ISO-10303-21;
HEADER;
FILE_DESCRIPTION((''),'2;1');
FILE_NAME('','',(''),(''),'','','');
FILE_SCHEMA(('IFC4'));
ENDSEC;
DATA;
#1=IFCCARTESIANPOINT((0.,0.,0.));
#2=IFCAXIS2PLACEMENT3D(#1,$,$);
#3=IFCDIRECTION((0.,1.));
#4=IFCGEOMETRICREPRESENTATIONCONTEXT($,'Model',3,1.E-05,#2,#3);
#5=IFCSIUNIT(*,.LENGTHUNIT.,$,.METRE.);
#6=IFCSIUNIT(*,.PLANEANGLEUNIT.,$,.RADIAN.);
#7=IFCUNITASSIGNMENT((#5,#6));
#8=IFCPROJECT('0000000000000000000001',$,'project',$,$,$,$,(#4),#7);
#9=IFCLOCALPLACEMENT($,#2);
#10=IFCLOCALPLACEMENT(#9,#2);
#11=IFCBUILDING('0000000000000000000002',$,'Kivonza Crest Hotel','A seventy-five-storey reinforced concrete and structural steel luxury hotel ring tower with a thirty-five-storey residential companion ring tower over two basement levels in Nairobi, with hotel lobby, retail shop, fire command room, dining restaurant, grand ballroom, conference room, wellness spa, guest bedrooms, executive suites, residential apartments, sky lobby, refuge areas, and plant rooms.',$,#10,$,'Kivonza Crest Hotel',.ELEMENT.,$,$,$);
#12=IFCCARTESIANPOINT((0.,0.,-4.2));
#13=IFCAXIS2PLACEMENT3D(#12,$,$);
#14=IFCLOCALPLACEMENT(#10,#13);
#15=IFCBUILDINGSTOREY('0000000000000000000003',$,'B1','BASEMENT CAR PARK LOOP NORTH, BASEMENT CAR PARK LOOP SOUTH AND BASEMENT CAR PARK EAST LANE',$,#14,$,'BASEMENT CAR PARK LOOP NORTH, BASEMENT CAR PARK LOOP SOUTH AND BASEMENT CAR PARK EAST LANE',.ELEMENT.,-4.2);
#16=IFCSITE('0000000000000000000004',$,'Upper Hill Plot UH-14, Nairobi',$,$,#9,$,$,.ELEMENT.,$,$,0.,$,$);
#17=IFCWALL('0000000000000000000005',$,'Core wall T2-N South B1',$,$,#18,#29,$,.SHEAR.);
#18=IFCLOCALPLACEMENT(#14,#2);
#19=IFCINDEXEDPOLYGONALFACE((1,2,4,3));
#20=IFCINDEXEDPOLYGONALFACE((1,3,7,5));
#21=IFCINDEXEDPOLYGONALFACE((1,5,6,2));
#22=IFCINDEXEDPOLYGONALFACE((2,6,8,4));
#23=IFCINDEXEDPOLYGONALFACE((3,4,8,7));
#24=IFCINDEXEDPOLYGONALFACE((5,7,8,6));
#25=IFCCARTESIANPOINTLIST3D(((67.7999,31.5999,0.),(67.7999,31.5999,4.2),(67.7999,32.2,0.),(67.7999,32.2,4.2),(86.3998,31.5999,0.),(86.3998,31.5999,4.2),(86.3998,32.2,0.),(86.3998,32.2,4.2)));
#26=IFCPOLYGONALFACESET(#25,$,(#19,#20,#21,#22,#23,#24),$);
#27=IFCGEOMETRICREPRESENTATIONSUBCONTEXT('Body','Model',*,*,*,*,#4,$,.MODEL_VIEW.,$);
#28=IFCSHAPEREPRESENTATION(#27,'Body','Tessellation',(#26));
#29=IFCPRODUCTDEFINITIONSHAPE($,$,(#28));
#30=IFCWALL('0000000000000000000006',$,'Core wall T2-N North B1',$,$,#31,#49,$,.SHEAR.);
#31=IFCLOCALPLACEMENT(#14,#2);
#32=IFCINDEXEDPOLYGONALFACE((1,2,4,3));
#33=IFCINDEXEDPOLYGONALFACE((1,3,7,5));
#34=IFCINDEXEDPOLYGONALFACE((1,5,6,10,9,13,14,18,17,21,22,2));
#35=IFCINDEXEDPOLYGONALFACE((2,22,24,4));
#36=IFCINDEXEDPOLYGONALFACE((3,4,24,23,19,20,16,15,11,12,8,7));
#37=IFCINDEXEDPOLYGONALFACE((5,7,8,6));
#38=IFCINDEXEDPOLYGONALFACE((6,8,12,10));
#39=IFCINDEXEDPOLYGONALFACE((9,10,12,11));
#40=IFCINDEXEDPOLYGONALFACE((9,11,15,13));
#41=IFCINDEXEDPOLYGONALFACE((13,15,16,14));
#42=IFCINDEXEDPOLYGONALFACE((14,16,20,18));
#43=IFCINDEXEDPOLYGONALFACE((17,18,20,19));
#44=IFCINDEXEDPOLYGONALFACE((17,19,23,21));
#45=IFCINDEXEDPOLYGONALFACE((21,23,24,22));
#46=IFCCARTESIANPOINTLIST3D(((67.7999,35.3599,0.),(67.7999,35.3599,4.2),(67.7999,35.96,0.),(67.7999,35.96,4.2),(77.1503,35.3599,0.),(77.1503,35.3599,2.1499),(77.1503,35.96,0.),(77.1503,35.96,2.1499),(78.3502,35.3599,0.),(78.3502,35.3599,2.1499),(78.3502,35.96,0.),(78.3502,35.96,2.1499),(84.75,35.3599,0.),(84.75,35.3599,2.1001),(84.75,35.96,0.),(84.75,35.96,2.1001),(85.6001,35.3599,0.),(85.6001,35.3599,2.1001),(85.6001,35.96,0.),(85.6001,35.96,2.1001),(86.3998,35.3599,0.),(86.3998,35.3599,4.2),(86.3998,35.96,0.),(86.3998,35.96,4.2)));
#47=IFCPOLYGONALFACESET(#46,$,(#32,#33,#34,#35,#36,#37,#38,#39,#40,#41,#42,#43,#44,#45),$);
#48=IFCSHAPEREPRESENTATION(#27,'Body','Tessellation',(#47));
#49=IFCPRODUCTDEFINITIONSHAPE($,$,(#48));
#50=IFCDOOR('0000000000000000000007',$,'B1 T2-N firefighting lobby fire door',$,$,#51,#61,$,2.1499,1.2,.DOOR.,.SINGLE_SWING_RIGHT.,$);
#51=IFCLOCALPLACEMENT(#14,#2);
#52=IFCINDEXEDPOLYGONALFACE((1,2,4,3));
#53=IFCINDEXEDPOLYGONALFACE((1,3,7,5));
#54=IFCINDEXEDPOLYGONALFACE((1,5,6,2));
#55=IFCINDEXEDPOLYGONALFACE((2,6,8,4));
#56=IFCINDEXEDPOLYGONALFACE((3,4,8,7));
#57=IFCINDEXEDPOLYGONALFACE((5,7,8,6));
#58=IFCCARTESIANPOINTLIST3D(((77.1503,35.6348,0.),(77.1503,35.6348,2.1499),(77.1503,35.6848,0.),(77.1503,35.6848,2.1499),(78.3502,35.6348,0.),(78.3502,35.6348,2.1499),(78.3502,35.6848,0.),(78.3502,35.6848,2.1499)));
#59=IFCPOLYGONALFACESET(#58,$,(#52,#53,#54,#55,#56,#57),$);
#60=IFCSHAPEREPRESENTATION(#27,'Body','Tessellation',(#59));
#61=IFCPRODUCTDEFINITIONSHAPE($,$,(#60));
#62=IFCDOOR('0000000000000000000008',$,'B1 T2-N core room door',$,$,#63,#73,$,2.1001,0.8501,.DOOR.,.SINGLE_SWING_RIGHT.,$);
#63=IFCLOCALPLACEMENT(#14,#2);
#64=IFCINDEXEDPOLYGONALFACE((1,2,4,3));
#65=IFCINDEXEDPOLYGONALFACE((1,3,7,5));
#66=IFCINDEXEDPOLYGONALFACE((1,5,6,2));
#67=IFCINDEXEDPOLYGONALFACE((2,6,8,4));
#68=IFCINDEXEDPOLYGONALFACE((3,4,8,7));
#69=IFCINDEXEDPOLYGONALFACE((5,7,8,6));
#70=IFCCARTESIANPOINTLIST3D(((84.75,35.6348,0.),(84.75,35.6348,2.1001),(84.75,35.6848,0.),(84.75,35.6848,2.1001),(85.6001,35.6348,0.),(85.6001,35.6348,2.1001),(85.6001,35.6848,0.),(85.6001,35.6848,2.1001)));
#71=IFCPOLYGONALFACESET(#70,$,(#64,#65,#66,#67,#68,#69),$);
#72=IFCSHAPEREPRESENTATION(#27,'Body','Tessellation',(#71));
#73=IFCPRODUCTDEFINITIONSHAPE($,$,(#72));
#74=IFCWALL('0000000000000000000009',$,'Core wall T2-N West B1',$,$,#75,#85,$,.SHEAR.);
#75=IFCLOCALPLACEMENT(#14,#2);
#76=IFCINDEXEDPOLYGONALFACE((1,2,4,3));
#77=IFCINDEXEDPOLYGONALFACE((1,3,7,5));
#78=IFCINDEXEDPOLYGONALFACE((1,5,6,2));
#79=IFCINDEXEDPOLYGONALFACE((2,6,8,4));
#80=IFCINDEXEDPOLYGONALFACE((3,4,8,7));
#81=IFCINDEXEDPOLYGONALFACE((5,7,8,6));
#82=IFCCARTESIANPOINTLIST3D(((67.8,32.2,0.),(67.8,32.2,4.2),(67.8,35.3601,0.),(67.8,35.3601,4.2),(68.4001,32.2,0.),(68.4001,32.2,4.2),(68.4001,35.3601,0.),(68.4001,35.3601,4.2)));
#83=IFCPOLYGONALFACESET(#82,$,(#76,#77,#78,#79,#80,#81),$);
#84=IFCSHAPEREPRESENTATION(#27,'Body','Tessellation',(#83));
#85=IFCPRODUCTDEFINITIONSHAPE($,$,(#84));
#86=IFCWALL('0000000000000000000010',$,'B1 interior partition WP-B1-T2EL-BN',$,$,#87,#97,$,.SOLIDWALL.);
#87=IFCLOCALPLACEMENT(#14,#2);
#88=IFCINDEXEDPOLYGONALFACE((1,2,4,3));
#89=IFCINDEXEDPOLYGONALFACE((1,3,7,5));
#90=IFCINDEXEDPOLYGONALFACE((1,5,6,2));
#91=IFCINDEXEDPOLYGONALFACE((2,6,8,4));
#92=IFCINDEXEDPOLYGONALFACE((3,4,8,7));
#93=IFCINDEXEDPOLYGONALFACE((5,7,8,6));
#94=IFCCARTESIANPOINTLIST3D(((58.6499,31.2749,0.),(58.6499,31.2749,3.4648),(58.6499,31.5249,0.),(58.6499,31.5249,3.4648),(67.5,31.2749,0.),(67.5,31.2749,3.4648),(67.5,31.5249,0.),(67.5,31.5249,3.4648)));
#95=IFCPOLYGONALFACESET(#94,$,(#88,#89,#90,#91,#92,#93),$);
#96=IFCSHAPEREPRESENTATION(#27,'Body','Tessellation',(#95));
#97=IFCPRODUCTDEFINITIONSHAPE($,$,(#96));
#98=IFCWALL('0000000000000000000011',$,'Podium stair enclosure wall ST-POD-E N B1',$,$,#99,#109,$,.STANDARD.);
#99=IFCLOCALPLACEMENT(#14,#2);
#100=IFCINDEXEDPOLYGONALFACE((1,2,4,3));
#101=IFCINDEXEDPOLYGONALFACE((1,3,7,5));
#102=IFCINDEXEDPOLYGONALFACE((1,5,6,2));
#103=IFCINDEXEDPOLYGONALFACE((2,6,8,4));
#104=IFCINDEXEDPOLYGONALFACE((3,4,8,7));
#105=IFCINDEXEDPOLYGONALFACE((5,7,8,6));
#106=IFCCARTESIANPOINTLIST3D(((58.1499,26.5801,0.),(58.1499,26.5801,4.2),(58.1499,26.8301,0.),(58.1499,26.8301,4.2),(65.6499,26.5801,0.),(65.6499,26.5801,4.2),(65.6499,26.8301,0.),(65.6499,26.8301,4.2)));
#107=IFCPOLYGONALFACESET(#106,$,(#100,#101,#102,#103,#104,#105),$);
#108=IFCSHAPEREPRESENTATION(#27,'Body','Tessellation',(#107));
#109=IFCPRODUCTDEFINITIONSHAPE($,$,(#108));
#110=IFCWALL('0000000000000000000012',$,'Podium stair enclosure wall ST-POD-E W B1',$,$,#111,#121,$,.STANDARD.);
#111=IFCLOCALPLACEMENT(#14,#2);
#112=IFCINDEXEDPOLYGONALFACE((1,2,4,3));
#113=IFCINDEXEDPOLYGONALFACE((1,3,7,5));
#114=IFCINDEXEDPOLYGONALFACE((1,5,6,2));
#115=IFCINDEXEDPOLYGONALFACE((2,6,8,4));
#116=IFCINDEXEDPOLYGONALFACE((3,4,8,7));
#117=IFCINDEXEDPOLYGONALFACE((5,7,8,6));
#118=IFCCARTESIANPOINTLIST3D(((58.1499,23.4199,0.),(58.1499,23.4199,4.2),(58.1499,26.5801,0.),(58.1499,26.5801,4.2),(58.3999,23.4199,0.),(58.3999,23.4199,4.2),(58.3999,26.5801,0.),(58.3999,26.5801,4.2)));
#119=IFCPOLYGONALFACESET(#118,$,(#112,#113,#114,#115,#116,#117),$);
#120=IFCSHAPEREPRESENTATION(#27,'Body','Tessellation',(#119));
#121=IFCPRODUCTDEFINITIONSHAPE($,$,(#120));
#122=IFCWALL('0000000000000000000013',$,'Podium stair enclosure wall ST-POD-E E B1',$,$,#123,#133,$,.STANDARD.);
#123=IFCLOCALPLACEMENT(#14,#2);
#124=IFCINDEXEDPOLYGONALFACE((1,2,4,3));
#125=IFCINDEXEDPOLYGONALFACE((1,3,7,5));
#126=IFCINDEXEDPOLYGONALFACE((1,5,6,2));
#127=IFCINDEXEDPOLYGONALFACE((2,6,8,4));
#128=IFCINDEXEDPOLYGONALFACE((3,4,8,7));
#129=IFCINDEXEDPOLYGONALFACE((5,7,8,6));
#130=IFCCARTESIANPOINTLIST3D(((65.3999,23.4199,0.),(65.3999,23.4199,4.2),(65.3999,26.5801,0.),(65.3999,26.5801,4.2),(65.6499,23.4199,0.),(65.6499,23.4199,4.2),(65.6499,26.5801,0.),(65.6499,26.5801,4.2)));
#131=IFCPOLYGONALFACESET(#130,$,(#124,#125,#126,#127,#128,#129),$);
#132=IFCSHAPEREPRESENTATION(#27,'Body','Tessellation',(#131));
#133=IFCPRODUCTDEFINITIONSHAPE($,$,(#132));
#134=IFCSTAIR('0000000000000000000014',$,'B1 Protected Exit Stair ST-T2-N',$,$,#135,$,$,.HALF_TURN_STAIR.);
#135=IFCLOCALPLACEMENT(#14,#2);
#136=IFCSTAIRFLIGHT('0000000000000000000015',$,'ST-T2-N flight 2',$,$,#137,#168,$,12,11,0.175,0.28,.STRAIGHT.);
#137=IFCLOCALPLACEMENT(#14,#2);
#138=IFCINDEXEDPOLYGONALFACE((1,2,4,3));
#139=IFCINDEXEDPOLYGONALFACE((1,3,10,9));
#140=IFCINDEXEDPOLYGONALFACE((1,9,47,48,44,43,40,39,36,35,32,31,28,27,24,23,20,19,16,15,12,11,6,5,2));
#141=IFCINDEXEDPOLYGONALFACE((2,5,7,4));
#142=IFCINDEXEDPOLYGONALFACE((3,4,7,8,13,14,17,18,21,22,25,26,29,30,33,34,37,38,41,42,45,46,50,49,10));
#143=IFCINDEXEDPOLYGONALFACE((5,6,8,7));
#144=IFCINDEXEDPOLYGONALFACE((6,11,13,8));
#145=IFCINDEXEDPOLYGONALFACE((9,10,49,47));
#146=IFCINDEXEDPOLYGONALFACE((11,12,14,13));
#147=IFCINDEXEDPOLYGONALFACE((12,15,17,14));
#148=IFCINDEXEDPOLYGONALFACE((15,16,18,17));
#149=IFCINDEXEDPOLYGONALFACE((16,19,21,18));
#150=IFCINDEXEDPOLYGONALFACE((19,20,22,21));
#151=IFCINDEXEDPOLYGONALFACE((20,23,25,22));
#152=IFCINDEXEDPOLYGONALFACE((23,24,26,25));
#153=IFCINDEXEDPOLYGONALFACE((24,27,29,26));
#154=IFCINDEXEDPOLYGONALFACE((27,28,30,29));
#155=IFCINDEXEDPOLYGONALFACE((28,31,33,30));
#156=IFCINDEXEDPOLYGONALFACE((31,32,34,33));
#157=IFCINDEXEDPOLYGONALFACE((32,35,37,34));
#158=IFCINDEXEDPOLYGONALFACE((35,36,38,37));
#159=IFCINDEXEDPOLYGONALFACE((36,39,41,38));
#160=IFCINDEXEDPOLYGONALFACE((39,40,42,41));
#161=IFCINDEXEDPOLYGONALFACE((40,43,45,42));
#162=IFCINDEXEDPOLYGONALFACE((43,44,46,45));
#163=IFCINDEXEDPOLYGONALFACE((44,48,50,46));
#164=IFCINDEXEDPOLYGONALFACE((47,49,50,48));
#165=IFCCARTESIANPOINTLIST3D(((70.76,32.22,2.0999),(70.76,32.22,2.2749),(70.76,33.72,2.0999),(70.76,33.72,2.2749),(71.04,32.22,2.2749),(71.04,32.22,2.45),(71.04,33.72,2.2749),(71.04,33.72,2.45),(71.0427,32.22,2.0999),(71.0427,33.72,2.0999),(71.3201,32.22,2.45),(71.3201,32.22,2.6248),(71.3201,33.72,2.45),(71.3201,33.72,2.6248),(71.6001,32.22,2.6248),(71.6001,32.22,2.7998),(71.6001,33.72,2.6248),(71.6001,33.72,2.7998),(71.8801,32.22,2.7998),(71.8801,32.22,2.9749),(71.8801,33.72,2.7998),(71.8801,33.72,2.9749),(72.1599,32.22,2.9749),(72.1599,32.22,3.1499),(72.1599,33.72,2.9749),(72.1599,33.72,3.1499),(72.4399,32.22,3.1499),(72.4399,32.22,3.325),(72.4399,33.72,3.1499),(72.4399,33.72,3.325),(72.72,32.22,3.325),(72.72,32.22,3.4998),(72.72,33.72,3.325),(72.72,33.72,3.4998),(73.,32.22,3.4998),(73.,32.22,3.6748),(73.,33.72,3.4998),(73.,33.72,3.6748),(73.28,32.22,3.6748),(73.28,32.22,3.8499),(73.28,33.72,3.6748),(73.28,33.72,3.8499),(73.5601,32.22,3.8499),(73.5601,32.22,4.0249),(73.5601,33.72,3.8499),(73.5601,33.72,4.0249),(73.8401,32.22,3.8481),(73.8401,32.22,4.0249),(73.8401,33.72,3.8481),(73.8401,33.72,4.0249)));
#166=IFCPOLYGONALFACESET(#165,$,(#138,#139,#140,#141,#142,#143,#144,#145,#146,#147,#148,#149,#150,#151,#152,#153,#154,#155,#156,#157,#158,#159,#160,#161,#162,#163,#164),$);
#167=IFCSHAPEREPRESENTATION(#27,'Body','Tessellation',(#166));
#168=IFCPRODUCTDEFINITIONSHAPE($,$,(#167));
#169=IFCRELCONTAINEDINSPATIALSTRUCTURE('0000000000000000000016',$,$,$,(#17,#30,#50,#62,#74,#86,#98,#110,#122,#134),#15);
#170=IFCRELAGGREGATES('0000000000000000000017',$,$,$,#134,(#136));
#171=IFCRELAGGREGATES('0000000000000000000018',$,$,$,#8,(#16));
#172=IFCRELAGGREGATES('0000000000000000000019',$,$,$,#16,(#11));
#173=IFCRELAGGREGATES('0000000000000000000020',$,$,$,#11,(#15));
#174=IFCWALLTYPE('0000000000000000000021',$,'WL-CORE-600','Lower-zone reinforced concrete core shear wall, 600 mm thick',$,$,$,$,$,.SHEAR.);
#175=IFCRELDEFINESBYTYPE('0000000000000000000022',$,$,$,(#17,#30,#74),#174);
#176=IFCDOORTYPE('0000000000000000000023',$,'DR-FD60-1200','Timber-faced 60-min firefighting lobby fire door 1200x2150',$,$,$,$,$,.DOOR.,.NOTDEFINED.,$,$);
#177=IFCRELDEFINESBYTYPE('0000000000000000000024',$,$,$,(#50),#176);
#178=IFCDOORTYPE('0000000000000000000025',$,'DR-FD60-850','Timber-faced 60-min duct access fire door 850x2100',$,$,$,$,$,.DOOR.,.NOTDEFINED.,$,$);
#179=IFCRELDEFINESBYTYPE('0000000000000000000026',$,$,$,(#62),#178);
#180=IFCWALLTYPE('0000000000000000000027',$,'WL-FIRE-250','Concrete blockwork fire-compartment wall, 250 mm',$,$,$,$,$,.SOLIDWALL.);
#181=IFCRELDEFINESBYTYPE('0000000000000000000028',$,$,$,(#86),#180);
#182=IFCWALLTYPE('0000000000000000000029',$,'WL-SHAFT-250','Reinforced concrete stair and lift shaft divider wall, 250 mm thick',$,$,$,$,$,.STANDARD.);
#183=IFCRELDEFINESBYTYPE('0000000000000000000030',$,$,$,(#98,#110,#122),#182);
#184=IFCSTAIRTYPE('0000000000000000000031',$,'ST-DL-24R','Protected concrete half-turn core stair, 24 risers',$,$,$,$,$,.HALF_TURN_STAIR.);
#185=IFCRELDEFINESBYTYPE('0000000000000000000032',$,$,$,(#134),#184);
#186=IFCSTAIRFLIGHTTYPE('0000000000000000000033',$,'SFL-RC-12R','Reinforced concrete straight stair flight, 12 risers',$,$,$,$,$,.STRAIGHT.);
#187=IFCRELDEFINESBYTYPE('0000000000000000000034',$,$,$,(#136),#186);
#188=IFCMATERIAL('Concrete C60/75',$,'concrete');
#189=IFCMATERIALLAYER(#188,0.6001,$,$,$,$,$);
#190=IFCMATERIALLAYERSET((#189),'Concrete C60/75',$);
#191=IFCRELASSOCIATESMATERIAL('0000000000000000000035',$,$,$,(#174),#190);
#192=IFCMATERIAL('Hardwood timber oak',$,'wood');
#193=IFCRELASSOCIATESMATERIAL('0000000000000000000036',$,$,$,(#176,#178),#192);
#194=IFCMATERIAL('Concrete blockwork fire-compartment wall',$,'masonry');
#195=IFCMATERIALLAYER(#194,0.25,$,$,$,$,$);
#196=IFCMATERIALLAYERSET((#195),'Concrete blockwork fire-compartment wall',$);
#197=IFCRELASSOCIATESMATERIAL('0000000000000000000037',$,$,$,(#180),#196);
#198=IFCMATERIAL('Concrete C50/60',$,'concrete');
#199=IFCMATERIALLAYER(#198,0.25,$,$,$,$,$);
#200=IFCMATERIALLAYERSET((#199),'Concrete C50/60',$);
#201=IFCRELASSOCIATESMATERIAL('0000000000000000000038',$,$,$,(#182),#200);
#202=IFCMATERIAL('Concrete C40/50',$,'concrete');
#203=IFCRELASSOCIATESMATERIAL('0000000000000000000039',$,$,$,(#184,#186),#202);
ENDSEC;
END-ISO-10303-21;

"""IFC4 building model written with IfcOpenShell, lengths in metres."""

from ifc_helpers import new_model, si_unit, direction, frame, frame_2d, origin, place, context, subcontext, project, spatial, polyline, rectangle, outline, extrude, material, layer, layer_set, type_object, element, fill, aggregate, save


model = new_model("IFC4")

# Units and contexts
model_context = context("Model", 3, precision=1e-05, world=origin(), true_north=direction((0.0, 1.0)))
body_context = subcontext(model_context, "Body", "Model", "MODEL_VIEW")
ifc_project = project(units=[si_unit("LENGTHUNIT", "METRE"), si_unit("PLANEANGLEUNIT", "RADIAN")], contexts=[model_context])

# Site, building, storey
site_placement = place(None, origin())
site = spatial("IfcSite", under=ifc_project, at=site_placement, Name="Upper Hill Plot UH-14, Nairobi", CompositionType="ELEMENT", RefElevation=0.0)
building_placement = place(site_placement, origin())
building = spatial("IfcBuilding", under=site, at=building_placement, Name="Kivonza Crest Hotel", Description="A seventy-five-storey reinforced concrete and structural steel luxury hotel ring tower with a thirty-five-storey residential companion ring tower over two basement levels in Nairobi, with hotel lobby, retail shop, fire command room, dining restaurant, grand ballroom, conference room, wellness spa, guest bedrooms, executive suites, residential apartments, sky lobby, refuge areas, and plant rooms.", LongName="Kivonza Crest Hotel", CompositionType="ELEMENT")
storey_placement = place(building_placement, frame((0.0, 0.0, -4.2)))
storey = spatial("IfcBuildingStorey", under=building, at=storey_placement, Name="B1", Description="BASEMENT CAR PARK LOOP NORTH, BASEMENT CAR PARK LOOP SOUTH AND BASEMENT CAR PARK EAST LANE", LongName="BASEMENT CAR PARK LOOP NORTH, BASEMENT CAR PARK LOOP SOUTH AND BASEMENT CAR PARK EAST LANE", CompositionType="ELEMENT", Elevation=-4.2)

# Shared definitions
ifc_material_1 = material(Name="Concrete C60/75", Category="concrete")

# Wall
ifc_layer_1 = layer(ifc_material_1, 0.6001)
ifc_layer_set_1 = layer_set([ifc_layer_1], Name="Concrete C60/75")
wall_type_1 = type_object("IfcWallType", Name="WL-CORE-600", Description="Lower-zone reinforced concrete core shear wall, 600 mm thick", PredefinedType="SHEAR", material=ifc_layer_set_1)
wall_1_placement = place(storey_placement, frame((67.8, 31.8999, 0.0), z_axis=(0.0, 0.0, 1.0), x_axis=(1.0, 0.0, 0.0)))
element("IfcWall", 1, at=wall_1_placement, inside=storey, type_object=wall_type_1, Name="Core wall T2-N South B1", PredefinedType="SHEAR", context=body_context, shape_type="SweptSolid", body=[
    extrude(rectangle(XDim=18.5999, YDim=0.6001, at=frame_2d((9.2998, 0.0))), origin(), (0.0, 0.0, 1.0), 4.2),
])

# Wall, openings, doors
wall_2_placement = place(storey_placement, frame((67.8, 35.6599, 0.0), z_axis=(0.0, 0.0, 1.0), x_axis=(1.0, 0.0, 0.0)))
wall_2 = element("IfcWall", 2, at=wall_2_placement, inside=storey, type_object=wall_type_1, Name="Core wall T2-N North B1", PredefinedType="SHEAR", context=body_context, shape_type="SweptSolid", body=[
    extrude(rectangle(XDim=18.5999, YDim=0.6001, at=frame_2d((9.2998, 0.0))), origin(), (0.0, 0.0, 1.0), 4.2),
])
opening_1_placement = place(wall_2_placement, frame((9.3501, 0.0, 0.0)))
opening_1 = element("IfcOpeningElement", 3, at=opening_1_placement, cuts=wall_2, PredefinedType="OPENING", context=body_context, shape_type="SweptSolid", body=[
    extrude(rectangle(XDim=1.2, YDim=2.1499, at=frame_2d((0.6001, 1.075))), frame((0.0, 0.3101, 0.0), z_axis=(0.0, -1.0, 0.0), x_axis=(1.0, 0.0, 0.0)), (0.0, 0.0, 1.0), 0.6201),
])
opening_2_placement = place(wall_2_placement, frame((16.95, 0.0, 0.0)))
opening_2 = element("IfcOpeningElement", 4, at=opening_2_placement, cuts=wall_2, PredefinedType="OPENING", context=body_context, shape_type="SweptSolid", body=[
    extrude(rectangle(XDim=0.8501, YDim=2.1001, at=frame_2d((0.425, 1.05))), frame((0.0, 0.3101, 0.0), z_axis=(0.0, -1.0, 0.0), x_axis=(1.0, 0.0, 0.0)), (0.0, 0.0, 1.0), 0.6201),
])
ifc_material_2 = material(Name="Hardwood timber oak", Category="wood")
door_type_1 = type_object("IfcDoorType", Name="DR-FD60-1200", Description="Timber-faced 60-min firefighting lobby fire door 1200x2150", OperationType="NOTDEFINED", PredefinedType="DOOR", material=ifc_material_2)
door_1_placement = place(opening_1_placement, origin())
door_1 = element("IfcDoor", 5, at=door_1_placement, inside=storey, type_object=door_type_1, Name="B1 T2-N firefighting lobby fire door", OperationType="SINGLE_SWING_RIGHT", OverallHeight=2.1499, OverallWidth=1.2, PredefinedType="DOOR", context=body_context, shape_type="SweptSolid", body=[
    extrude(rectangle(XDim=1.2, YDim=2.1499, at=frame_2d((0.6001, 1.075))), frame((0.0, 0.0249, 0.0), z_axis=(0.0, -1.0, 0.0), x_axis=(1.0, 0.0, 0.0)), (0.0, 0.0, 1.0), 0.05),
])
fill(opening_1, door_1)
door_type_2 = type_object("IfcDoorType", Name="DR-FD60-850", Description="Timber-faced 60-min duct access fire door 850x2100", OperationType="NOTDEFINED", PredefinedType="DOOR", material=ifc_material_2)
door_2_placement = place(opening_2_placement, origin())
door_2 = element("IfcDoor", 6, at=door_2_placement, inside=storey, type_object=door_type_2, Name="B1 T2-N core room door", OperationType="SINGLE_SWING_RIGHT", OverallHeight=2.1001, OverallWidth=0.8501, PredefinedType="DOOR", context=body_context, shape_type="SweptSolid", body=[
    extrude(rectangle(XDim=0.8501, YDim=2.1001, at=frame_2d((0.425, 1.05))), frame((0.0, 0.0249, 0.0), z_axis=(0.0, -1.0, 0.0), x_axis=(1.0, 0.0, 0.0)), (0.0, 0.0, 1.0), 0.05),
])
fill(opening_2, door_2)

# Walls
wall_3_placement = place(storey_placement, frame((68.1001, 32.2, 0.0), z_axis=(0.0, 0.0, 1.0), x_axis=(0.0, 1.0, 0.0)))
element("IfcWall", 7, at=wall_3_placement, inside=storey, type_object=wall_type_1, Name="Core wall T2-N West B1", PredefinedType="SHEAR", context=body_context, shape_type="SweptSolid", body=[
    extrude(rectangle(XDim=3.1602, YDim=0.6001, at=frame_2d((1.5801, 0.0))), origin(), (0.0, 0.0, 1.0), 4.2),
])
ifc_material_3 = material(Name="Concrete blockwork fire-compartment wall", Category="masonry")
ifc_layer_2 = layer(ifc_material_3, 0.25)
ifc_layer_set_2 = layer_set([ifc_layer_2], Name="Concrete blockwork fire-compartment wall")
wall_type_2 = type_object("IfcWallType", Name="WL-FIRE-250", Description="Concrete blockwork fire-compartment wall, 250 mm", PredefinedType="SOLIDWALL", material=ifc_layer_set_2)
wall_4_placement = place(storey_placement, frame((58.6499, 31.3999, 0.0), z_axis=(0.0, 0.0, 1.0), x_axis=(1.0, 0.0, 0.0)))
element("IfcWall", 8, at=wall_4_placement, inside=storey, type_object=wall_type_2, Name="B1 interior partition WP-B1-T2EL-BN", PredefinedType="SOLIDWALL", context=body_context, shape_type="SweptSolid", body=[
    extrude(rectangle(XDim=8.8501, YDim=0.25, at=frame_2d((4.425, 0.0))), origin(), (0.0, 0.0, 1.0), 3.4648),
])
ifc_material_4 = material(Name="Concrete C50/60", Category="concrete")
ifc_layer_3 = layer(ifc_material_4, 0.25)
ifc_layer_set_3 = layer_set([ifc_layer_3], Name="Concrete C50/60")
wall_type_3 = type_object("IfcWallType", Name="WL-SHAFT-250", Description="Reinforced concrete stair and lift shaft divider wall, 250 mm thick", PredefinedType="STANDARD", material=ifc_layer_set_3)
wall_5_placement = place(storey_placement, frame((58.1499, 26.7051, 0.0), z_axis=(0.0, 0.0, 1.0), x_axis=(1.0, 0.0, 0.0)))
element("IfcWall", 9, at=wall_5_placement, inside=storey, type_object=wall_type_3, Name="Podium stair enclosure wall ST-POD-E N B1", PredefinedType="STANDARD", context=body_context, shape_type="SweptSolid", body=[
    extrude(rectangle(XDim=7.5, YDim=0.25, at=frame_2d((3.75, 0.0))), origin(), (0.0, 0.0, 1.0), 4.2),
])
for number, where, z_axis, x_axis, name in (
    (10, (58.2749, 23.4199, 0.0), (0.0, 0.0, 1.0), (0.0, 1.0, 0.0), "Podium stair enclosure wall ST-POD-E W B1"),
    (11, (65.5249, 23.4199, 0.0), (0.0, 0.0, 1.0), (0.0, 1.0, 0.0), "Podium stair enclosure wall ST-POD-E E B1"),
):
    element("IfcWall", number, at=place(storey_placement, frame(where, z_axis=z_axis, x_axis=x_axis)), inside=storey, type_object=wall_type_3, Name=name, PredefinedType="STANDARD", context=body_context, shape_type="SweptSolid", body=[
        extrude(rectangle(XDim=3.1602, YDim=0.25, at=frame_2d((1.5801, 0.0))), origin(), (0.0, 0.0, 1.0), 4.2),
    ])

# Stair, stair flight
ifc_material_5 = material(Name="Concrete C40/50", Category="concrete")
stair_type = type_object("IfcStairType", Name="ST-DL-24R", Description="Protected concrete half-turn core stair, 24 risers", PredefinedType="HALF_TURN_STAIR", material=ifc_material_5)
stair_placement = place(storey_placement, origin())
stair = element("IfcStair", 12, at=stair_placement, inside=storey, type_object=stair_type, Name="B1 Protected Exit Stair ST-T2-N", PredefinedType="HALF_TURN_STAIR")
stair_flight_type = type_object("IfcStairFlightType", Name="SFL-RC-12R", Description="Reinforced concrete straight stair flight, 12 risers", PredefinedType="STRAIGHT", material=ifc_material_5)
stair_flight_placement = place(storey_placement, frame((70.76, 32.97, 2.0999), z_axis=(0.0, 0.0, 1.0), x_axis=(1.0, 0.0, 0.0)))
stair_flight = element("IfcStairFlight", 13, at=stair_flight_placement, type_object=stair_flight_type, Name="ST-T2-N flight 2", NumberOfRisers=12, NumberOfTreads=11, PredefinedType="STRAIGHT", RiserHeight=0.175, TreadLength=0.28, context=body_context, shape_type="SweptSolid", body=[
    extrude(outline(polyline([(0.0, 0.0), (0.0, 0.175), (0.28, 0.175), (0.28, 0.3501), (0.5601, 0.3501), (0.5601, 0.5249), (0.8401, 0.5249), (0.8401, 0.7), (1.1201, 0.7), (1.1201, 0.875), (1.3999, 0.875), (1.3999, 1.05), (1.6799, 1.05), (1.6799, 1.2251), (1.96, 1.2251), (1.96, 1.3999), (2.24, 1.3999), (2.24, 1.575), (2.52, 1.575), (2.52, 1.75), (2.8, 1.75), (2.8, 1.925), (3.0801, 1.925), (3.0801, 2.1001), (3.0801, 1.7483), (0.2827, 0.0), (0.0, 0.0)])), frame((0.0, 0.75, 0.0), z_axis=(0.0, -1.0, 0.0), x_axis=(1.0, 0.0, 0.0)), (0.0, 0.0, 1.0), 1.5),
])
aggregate(stair, [stair_flight])

save(model, "model.ifc")
